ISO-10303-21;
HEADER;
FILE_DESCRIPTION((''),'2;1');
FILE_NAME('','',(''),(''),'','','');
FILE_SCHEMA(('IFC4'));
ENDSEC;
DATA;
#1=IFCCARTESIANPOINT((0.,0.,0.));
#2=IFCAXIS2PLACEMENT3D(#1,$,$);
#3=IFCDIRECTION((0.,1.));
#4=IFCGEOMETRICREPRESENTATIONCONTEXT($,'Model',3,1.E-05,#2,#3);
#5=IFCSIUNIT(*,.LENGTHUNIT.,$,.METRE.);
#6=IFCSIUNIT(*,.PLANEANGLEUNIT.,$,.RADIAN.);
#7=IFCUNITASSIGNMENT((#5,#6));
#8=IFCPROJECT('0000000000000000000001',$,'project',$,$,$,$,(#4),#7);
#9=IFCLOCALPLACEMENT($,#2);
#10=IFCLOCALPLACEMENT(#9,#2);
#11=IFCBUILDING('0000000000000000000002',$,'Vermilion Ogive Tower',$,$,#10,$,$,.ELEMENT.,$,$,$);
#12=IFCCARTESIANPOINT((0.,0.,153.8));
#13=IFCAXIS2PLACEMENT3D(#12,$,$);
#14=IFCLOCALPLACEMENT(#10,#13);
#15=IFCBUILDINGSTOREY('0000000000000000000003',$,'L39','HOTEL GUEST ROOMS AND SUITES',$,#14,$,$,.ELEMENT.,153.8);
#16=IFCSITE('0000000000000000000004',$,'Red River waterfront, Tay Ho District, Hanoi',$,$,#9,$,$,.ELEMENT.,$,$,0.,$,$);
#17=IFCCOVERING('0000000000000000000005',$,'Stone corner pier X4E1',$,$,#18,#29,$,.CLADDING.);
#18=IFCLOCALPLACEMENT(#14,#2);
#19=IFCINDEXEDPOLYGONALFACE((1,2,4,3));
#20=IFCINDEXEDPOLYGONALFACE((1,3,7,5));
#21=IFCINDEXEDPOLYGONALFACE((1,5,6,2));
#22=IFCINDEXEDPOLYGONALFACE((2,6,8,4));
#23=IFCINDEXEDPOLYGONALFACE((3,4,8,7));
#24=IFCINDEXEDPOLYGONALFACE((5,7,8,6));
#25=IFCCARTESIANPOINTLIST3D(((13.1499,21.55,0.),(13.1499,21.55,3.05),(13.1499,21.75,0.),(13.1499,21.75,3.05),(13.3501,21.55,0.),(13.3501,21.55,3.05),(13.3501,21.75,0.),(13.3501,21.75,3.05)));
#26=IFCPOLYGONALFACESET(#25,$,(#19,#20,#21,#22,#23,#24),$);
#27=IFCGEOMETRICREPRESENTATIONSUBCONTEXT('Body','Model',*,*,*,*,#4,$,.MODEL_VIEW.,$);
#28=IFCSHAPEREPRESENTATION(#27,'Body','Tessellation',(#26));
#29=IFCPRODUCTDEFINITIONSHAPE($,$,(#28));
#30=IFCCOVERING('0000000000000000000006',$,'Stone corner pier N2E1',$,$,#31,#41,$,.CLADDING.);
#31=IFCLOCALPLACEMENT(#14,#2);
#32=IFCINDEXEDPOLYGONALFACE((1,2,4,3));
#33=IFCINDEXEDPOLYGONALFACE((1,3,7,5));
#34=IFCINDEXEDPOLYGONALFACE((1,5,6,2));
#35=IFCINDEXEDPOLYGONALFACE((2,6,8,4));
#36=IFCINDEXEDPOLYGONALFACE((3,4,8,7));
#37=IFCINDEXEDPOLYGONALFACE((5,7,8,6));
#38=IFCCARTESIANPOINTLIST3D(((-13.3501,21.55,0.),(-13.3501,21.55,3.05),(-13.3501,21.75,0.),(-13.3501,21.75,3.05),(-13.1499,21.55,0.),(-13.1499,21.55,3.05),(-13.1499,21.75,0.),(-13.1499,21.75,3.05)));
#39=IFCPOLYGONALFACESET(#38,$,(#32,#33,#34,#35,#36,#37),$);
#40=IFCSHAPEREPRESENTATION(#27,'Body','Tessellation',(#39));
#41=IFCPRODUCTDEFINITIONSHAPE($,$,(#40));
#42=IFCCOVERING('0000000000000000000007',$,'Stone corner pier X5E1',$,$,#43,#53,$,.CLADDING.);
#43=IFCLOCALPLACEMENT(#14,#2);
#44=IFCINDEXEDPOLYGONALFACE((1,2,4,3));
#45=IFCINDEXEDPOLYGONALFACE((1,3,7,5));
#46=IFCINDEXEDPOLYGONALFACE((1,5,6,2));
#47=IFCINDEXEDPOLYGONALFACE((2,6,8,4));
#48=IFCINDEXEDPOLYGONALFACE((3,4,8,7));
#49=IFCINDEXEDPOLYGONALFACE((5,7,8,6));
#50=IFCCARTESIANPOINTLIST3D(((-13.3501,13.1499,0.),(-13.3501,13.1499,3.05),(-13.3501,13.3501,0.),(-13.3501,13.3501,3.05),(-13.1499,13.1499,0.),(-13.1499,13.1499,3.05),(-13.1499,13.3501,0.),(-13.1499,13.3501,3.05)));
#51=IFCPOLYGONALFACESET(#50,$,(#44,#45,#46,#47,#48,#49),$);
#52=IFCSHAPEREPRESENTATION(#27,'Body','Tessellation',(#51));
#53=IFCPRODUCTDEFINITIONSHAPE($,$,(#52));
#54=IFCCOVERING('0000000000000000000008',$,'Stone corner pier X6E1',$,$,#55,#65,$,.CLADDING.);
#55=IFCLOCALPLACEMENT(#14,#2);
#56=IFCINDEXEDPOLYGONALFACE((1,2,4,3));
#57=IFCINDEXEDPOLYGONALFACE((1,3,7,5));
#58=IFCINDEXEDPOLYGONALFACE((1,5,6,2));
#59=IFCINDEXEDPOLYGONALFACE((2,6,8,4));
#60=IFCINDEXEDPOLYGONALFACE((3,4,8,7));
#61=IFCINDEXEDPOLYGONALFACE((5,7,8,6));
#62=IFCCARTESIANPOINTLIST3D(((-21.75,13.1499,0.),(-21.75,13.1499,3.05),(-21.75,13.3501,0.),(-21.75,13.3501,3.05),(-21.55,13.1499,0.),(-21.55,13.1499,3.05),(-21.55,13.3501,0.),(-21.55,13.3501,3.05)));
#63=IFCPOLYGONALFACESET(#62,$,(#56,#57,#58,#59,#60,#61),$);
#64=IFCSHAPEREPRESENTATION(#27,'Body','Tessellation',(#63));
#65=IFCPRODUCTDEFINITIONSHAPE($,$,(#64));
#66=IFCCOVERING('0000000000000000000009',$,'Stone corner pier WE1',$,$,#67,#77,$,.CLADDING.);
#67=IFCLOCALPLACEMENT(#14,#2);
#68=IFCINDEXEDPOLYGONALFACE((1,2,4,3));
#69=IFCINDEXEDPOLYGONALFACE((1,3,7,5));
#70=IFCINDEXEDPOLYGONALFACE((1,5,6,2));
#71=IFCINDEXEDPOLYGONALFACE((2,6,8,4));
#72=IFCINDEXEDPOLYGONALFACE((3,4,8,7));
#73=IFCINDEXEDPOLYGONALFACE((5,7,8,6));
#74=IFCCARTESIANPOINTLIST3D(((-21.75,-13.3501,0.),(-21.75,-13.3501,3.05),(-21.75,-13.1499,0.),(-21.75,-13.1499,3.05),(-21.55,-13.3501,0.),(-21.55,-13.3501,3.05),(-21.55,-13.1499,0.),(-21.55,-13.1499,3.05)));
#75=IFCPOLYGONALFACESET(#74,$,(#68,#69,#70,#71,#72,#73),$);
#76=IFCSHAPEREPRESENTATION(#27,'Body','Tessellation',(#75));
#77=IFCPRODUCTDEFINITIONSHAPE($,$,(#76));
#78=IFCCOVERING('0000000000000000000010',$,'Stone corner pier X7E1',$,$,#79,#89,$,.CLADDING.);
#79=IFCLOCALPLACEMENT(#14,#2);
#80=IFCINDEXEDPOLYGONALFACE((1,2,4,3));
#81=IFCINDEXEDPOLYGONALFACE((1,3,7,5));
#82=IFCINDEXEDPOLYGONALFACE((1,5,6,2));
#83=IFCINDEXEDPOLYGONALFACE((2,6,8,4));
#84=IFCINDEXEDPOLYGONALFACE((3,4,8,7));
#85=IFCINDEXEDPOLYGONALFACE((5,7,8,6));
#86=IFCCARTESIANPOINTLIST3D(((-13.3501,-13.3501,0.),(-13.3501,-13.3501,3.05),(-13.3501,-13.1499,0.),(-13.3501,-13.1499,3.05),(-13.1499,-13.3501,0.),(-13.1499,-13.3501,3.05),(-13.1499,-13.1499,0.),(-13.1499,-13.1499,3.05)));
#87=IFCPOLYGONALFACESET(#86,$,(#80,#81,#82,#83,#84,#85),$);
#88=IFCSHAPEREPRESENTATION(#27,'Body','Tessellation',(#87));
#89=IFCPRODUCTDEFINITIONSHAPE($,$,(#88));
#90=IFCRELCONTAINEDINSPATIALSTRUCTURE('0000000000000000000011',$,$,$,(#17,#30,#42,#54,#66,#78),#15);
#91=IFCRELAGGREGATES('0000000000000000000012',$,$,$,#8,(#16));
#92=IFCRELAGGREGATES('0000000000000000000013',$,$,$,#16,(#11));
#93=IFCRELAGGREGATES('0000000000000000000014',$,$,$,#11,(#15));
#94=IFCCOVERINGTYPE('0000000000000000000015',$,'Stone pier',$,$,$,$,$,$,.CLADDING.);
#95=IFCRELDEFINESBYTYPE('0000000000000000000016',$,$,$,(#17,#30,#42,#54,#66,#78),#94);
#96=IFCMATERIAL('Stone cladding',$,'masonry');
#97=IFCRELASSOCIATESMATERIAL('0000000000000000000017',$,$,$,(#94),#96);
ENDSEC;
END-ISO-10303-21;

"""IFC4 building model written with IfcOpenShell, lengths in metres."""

from ifc_helpers import new_model, si_unit, direction, frame, origin, place, context, subcontext, project, spatial, polyline, outline, extrude, material, type_object, element, save


model = new_model("IFC4")

# Units and contexts
model_context = context("Model", 3, precision=1e-05, world=origin(), true_north=direction((0.0, 1.0)))
body_context = subcontext(model_context, "Body", "Model", "MODEL_VIEW")
ifc_project = project(units=[si_unit("LENGTHUNIT", "METRE"), si_unit("PLANEANGLEUNIT", "RADIAN")], contexts=[model_context])

# Site, building, storey
site_placement = place(None, origin())
site = spatial("IfcSite", under=ifc_project, at=site_placement, Name="Red River waterfront, Tay Ho District, Hanoi", CompositionType="ELEMENT", RefElevation=0.0)
building_placement = place(site_placement, origin())
building = spatial("IfcBuilding", under=site, at=building_placement, Name="Vermilion Ogive Tower", CompositionType="ELEMENT")
storey_placement = place(building_placement, frame((0.0, 0.0, 153.8)))
storey = spatial("IfcBuildingStorey", under=building, at=storey_placement, Name="L39", Description="HOTEL GUEST ROOMS AND SUITES", CompositionType="ELEMENT", Elevation=153.8)

# Coverings
ifc_material_1 = material(Name="Stone cladding", Category="masonry")
covering_type_1 = type_object("IfcCoveringType", Name="Stone pier", PredefinedType="CLADDING", material=ifc_material_1)
covering_1_placement = place(storey_placement, origin())
element("IfcCovering", 1, at=covering_1_placement, inside=storey, type_object=covering_type_1, Name="Stone corner pier X4E1", PredefinedType="CLADDING", context=body_context, shape_type="SweptSolid", body=[
    extrude(outline(polyline([(13.3501, 21.55), (13.1499, 21.55), (13.1499, 21.75), (13.3501, 21.75), (13.3501, 21.55)])), origin(), (0.0, 0.0, 1.0), 3.05),
])
covering_2_placement = place(storey_placement, origin())
element("IfcCovering", 2, at=covering_2_placement, inside=storey, type_object=covering_type_1, Name="Stone corner pier N2E1", PredefinedType="CLADDING", context=body_context, shape_type="SweptSolid", body=[
    extrude(outline(polyline([(-13.1499, 21.75), (-13.1499, 21.55), (-13.3501, 21.55), (-13.3501, 21.75), (-13.1499, 21.75)])), origin(), (0.0, 0.0, 1.0), 3.05),
])
covering_3_placement = place(storey_placement, origin())
element("IfcCovering", 3, at=covering_3_placement, inside=storey, type_object=covering_type_1, Name="Stone corner pier X5E1", PredefinedType="CLADDING", context=body_context, shape_type="SweptSolid", body=[
    extrude(outline(polyline([(-13.1499, 13.1499), (-13.3501, 13.1499), (-13.3501, 13.3501), (-13.1499, 13.3501), (-13.1499, 13.1499)])), origin(), (0.0, 0.0, 1.0), 3.05),
])
covering_4_placement = place(storey_placement, origin())
element("IfcCovering", 4, at=covering_4_placement, inside=storey, type_object=covering_type_1, Name="Stone corner pier X6E1", PredefinedType="CLADDING", context=body_context, shape_type="SweptSolid", body=[
    extrude(outline(polyline([(-21.55, 13.3501), (-21.55, 13.1499), (-21.75, 13.1499), (-21.75, 13.3501), (-21.55, 13.3501)])), origin(), (0.0, 0.0, 1.0), 3.05),
])
covering_5_placement = place(storey_placement, origin())
element("IfcCovering", 5, at=covering_5_placement, inside=storey, type_object=covering_type_1, Name="Stone corner pier WE1", PredefinedType="CLADDING", context=body_context, shape_type="SweptSolid", body=[
    extrude(outline(polyline([(-21.75, -13.1499), (-21.55, -13.1499), (-21.55, -13.3501), (-21.75, -13.3501), (-21.75, -13.1499)])), origin(), (0.0, 0.0, 1.0), 3.05),
])
covering_6_placement = place(storey_placement, origin())
element("IfcCovering", 6, at=covering_6_placement, inside=storey, type_object=covering_type_1, Name="Stone corner pier X7E1", PredefinedType="CLADDING", context=body_context, shape_type="SweptSolid", body=[
    extrude(outline(polyline([(-13.1499, -13.1499), (-13.1499, -13.3501), (-13.3501, -13.3501), (-13.3501, -13.1499), (-13.1499, -13.1499)])), origin(), (0.0, 0.0, 1.0), 3.05),
])

save(model, "model.ifc")
